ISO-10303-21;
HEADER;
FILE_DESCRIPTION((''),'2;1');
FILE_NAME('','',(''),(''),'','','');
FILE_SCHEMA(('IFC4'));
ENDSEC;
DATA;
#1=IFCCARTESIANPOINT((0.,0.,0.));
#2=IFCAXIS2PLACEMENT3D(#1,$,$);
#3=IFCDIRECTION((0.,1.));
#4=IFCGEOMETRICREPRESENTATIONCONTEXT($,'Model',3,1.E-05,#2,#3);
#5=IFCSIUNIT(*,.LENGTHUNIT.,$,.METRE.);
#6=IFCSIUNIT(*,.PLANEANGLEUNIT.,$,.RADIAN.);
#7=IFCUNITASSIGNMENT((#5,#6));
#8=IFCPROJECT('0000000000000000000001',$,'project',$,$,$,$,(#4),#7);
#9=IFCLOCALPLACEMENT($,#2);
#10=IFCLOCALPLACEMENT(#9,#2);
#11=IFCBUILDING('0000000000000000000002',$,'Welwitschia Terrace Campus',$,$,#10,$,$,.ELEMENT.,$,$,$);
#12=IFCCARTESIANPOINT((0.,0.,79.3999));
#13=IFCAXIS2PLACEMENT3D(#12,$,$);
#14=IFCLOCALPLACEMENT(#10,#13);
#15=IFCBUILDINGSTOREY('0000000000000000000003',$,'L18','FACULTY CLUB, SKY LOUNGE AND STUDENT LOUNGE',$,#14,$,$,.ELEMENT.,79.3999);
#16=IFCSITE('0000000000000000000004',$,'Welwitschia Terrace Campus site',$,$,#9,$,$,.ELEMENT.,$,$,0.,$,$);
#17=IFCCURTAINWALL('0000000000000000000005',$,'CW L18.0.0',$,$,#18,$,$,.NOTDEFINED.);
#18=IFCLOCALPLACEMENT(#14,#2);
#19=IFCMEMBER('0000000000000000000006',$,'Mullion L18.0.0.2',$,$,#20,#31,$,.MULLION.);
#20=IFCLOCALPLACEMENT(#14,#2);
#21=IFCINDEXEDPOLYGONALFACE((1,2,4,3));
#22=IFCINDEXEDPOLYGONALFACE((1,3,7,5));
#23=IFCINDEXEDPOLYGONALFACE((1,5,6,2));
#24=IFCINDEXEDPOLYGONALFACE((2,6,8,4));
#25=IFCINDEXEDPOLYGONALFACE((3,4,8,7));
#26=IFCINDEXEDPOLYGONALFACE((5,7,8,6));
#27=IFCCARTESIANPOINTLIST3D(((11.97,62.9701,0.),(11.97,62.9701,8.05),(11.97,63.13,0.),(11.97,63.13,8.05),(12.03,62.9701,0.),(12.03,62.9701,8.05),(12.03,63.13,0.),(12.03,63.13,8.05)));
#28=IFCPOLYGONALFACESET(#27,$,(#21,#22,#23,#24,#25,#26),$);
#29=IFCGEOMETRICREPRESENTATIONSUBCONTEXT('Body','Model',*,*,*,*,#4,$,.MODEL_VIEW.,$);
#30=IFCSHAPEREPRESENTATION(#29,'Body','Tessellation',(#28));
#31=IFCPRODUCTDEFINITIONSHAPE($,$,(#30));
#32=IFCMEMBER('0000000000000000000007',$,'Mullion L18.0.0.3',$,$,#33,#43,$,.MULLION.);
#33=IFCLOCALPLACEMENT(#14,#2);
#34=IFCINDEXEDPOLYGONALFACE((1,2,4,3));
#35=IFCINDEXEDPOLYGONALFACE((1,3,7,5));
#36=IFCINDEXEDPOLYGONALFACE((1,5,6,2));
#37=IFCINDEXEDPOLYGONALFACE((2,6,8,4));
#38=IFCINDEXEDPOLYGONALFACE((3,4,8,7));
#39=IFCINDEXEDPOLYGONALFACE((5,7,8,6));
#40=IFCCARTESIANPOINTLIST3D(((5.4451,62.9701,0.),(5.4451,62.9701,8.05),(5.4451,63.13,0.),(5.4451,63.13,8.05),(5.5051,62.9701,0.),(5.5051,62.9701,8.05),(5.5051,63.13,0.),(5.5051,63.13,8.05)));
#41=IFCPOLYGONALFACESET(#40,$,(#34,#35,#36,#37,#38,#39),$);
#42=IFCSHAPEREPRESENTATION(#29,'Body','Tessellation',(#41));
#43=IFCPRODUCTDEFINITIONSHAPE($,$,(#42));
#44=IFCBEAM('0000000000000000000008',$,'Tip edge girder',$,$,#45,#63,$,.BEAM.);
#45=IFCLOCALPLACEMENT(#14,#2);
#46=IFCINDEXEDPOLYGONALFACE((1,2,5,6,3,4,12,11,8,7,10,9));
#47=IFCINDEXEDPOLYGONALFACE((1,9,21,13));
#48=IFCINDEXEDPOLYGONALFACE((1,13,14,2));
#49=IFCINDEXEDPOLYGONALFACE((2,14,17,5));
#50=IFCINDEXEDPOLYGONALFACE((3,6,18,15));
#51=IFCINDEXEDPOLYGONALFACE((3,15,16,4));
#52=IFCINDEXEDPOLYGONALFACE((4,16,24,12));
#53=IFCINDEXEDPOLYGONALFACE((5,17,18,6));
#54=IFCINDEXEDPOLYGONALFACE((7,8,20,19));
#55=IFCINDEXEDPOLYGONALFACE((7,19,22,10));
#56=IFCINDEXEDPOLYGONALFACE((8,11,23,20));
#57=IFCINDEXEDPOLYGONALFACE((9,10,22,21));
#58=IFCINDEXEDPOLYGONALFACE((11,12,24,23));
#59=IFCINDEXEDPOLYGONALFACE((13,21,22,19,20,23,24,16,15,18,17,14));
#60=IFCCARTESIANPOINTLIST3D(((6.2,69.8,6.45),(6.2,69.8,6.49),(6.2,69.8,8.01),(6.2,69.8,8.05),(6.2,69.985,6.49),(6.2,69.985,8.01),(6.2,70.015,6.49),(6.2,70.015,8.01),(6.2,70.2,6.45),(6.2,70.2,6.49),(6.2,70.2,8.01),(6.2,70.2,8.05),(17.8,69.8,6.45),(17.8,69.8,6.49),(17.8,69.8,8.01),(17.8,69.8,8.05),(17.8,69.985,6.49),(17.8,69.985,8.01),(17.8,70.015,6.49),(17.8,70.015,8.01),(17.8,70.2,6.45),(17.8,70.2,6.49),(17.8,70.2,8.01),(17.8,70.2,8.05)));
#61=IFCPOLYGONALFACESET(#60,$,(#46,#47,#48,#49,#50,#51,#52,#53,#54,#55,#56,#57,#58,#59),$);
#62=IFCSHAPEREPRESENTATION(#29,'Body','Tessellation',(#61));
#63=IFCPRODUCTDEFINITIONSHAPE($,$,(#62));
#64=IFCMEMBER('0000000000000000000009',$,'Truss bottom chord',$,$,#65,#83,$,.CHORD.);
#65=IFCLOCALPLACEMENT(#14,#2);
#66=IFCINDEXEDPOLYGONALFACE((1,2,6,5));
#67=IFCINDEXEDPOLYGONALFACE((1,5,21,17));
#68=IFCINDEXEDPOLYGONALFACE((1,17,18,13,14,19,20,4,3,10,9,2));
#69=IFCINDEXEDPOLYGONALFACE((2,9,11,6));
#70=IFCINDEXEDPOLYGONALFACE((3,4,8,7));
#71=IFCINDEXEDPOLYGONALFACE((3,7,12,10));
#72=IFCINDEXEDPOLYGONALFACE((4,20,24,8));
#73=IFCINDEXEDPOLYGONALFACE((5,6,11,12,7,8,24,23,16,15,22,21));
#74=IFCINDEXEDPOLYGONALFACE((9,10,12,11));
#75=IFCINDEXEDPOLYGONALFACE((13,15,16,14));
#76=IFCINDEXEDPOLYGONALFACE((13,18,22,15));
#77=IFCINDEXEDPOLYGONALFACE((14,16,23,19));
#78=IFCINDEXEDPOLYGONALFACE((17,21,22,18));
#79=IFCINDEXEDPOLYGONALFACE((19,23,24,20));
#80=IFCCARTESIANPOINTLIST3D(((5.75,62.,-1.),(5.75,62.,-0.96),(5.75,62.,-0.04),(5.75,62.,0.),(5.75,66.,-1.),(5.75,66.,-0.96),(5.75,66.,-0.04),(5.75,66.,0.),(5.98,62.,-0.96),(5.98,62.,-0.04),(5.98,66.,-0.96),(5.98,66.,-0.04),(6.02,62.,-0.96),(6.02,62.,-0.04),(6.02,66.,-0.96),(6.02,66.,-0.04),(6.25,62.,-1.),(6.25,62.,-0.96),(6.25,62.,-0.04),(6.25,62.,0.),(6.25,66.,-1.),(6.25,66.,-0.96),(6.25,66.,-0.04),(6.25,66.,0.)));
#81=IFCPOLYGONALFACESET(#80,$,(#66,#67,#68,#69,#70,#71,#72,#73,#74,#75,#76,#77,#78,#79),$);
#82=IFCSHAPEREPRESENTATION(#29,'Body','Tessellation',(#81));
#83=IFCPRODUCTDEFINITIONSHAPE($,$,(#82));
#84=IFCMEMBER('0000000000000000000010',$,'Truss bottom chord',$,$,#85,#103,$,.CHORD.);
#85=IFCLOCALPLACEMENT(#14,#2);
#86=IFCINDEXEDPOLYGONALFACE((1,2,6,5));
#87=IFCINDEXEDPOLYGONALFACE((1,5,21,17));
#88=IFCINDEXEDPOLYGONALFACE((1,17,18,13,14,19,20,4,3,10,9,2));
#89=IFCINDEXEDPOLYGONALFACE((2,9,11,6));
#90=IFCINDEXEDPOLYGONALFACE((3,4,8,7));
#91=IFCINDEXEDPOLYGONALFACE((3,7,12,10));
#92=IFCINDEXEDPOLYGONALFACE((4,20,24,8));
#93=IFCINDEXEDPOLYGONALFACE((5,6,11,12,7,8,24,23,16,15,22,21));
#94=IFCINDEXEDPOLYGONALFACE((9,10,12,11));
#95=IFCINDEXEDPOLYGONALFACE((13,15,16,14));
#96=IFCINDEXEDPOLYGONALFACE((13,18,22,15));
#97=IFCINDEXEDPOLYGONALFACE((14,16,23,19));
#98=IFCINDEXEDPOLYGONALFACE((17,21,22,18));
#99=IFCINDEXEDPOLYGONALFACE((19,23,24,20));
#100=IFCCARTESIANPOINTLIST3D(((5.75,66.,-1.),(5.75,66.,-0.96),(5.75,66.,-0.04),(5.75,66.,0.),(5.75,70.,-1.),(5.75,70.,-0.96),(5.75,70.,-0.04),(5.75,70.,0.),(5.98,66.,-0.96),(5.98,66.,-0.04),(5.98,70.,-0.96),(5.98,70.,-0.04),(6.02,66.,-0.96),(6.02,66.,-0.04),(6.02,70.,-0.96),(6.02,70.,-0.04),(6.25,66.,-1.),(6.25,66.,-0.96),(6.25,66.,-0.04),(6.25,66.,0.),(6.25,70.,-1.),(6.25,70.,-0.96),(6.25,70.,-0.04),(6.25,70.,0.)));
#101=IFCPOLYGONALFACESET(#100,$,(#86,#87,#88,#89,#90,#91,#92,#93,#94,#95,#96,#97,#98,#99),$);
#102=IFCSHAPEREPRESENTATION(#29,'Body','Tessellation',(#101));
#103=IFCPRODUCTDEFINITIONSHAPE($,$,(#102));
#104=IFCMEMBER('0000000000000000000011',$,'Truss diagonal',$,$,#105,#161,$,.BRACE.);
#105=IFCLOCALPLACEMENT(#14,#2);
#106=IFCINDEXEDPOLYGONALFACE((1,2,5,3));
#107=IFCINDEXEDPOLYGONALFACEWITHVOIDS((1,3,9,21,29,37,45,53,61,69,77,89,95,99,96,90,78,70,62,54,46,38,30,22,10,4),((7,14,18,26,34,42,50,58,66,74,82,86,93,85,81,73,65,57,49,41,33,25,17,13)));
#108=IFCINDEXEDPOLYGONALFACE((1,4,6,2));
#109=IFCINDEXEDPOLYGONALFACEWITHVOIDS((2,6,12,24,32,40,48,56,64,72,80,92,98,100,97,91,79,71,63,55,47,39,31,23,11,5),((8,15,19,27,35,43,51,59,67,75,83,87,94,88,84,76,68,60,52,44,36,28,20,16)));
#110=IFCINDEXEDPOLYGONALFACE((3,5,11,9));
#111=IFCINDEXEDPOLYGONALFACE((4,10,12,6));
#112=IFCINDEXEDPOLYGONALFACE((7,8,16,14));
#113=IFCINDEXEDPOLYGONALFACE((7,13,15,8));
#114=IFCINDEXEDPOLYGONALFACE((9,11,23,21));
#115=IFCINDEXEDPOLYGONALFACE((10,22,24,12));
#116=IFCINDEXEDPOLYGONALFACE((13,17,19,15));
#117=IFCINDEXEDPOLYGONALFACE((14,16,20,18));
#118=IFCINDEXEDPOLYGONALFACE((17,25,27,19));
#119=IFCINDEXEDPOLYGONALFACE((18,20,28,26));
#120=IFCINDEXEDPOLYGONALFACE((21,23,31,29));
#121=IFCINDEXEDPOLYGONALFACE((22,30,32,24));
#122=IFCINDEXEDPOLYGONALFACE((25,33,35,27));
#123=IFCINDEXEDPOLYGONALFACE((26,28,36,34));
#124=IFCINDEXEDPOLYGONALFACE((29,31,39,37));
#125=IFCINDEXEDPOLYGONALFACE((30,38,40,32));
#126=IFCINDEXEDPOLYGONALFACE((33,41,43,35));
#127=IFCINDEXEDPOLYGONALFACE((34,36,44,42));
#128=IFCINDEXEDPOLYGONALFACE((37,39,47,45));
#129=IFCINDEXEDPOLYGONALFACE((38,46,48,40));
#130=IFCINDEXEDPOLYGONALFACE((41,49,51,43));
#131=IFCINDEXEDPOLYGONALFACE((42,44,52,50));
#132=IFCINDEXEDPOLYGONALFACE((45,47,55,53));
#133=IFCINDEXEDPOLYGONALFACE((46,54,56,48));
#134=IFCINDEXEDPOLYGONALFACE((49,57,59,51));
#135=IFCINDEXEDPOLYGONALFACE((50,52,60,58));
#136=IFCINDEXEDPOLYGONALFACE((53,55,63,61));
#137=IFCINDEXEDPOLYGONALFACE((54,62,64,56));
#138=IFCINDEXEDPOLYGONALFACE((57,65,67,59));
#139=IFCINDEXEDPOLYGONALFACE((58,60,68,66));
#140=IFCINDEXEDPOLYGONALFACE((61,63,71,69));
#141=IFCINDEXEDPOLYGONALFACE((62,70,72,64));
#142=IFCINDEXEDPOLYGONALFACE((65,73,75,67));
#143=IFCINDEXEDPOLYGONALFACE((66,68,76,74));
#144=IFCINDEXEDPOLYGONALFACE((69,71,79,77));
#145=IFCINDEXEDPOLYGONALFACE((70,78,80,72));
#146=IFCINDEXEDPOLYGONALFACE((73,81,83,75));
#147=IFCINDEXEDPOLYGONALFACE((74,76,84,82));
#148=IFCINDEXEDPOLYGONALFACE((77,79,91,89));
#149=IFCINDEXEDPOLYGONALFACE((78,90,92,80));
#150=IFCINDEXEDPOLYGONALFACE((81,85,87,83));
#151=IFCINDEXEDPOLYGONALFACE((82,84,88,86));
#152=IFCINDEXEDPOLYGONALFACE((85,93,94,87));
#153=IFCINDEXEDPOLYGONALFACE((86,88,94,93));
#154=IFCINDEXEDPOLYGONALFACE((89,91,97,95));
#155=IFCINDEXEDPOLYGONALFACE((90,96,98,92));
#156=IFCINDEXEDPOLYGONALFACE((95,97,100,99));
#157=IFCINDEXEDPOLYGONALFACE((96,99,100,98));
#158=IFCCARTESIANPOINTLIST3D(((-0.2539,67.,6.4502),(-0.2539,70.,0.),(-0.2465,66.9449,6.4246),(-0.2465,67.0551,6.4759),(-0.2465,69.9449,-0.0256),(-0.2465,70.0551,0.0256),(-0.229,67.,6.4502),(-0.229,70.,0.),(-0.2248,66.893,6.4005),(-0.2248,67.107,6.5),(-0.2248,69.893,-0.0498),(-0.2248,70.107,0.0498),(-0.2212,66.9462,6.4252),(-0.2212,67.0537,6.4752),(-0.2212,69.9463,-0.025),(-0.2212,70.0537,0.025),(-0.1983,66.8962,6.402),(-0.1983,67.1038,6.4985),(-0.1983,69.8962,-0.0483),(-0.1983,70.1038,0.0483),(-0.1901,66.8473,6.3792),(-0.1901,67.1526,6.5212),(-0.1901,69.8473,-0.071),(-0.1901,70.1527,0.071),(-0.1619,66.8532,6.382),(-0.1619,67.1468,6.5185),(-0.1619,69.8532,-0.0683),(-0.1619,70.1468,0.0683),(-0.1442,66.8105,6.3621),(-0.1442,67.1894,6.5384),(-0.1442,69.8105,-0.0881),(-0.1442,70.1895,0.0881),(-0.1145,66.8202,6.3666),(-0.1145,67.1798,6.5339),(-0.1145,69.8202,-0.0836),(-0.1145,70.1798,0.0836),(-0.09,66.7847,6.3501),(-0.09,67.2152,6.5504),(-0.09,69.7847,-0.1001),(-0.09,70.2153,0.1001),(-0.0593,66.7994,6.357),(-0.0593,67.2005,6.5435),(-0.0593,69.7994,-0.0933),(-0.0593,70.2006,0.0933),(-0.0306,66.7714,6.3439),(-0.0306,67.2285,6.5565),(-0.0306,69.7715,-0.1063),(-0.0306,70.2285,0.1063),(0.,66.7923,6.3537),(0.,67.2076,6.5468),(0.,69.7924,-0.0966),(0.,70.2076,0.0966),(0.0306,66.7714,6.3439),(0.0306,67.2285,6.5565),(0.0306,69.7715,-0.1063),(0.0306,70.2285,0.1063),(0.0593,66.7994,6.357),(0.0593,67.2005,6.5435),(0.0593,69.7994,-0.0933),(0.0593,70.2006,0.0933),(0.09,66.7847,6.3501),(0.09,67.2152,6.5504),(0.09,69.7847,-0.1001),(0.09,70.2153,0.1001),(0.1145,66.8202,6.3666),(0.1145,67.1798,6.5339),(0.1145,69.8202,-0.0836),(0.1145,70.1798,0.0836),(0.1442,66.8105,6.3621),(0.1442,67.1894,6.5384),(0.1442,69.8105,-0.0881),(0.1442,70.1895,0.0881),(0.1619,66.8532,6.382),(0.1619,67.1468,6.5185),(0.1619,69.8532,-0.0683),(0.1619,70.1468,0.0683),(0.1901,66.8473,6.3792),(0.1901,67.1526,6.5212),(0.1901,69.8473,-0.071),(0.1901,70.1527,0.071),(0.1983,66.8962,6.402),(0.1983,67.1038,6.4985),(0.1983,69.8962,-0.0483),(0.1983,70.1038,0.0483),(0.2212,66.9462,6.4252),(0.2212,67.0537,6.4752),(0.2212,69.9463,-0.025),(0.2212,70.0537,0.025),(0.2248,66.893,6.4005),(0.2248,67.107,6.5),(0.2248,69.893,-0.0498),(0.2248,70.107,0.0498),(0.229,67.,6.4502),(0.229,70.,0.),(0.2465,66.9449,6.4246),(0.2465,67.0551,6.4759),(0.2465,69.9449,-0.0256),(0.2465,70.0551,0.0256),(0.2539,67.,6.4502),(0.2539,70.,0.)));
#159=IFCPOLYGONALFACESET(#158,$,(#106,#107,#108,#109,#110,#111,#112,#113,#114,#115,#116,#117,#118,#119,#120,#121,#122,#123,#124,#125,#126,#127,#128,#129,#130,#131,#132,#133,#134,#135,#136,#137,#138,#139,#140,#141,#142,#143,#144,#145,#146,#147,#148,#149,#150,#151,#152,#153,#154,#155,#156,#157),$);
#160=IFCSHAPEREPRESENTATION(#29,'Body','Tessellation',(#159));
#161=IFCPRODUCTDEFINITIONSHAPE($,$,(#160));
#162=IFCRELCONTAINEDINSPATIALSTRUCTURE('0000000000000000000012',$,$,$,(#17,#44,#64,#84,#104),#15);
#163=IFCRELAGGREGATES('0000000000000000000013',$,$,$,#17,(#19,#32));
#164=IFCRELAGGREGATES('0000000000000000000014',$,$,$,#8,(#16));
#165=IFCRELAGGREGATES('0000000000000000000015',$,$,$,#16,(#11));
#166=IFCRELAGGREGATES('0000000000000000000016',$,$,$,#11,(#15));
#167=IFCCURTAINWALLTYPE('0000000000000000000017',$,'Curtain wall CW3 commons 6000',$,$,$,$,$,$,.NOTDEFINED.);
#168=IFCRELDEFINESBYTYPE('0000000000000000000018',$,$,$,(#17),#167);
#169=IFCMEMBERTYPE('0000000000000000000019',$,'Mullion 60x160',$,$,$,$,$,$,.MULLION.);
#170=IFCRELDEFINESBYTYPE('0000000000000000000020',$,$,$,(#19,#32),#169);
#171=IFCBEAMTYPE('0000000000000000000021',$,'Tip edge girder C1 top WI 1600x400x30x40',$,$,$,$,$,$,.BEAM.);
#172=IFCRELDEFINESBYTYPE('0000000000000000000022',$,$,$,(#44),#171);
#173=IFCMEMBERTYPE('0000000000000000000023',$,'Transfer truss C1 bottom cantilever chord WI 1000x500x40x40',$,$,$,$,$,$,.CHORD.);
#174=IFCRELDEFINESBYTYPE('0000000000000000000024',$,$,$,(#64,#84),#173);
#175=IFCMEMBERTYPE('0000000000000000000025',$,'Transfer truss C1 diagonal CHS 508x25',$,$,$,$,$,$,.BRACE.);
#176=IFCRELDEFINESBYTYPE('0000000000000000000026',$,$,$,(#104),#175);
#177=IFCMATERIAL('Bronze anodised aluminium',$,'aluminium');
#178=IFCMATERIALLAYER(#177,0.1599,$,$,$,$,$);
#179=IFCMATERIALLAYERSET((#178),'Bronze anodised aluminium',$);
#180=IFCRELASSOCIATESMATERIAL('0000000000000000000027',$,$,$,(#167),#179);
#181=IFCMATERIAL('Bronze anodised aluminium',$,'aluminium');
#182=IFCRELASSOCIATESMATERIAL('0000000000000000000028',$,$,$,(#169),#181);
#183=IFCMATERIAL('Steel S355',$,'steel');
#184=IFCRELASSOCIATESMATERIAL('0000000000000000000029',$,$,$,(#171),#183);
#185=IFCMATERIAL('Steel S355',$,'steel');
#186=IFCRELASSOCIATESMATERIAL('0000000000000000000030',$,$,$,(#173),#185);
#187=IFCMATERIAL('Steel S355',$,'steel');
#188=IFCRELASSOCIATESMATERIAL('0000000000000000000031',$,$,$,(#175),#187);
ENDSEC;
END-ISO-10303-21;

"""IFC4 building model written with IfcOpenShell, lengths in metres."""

from ifc_helpers import new_model, si_unit, direction, frame, origin, origin_2d, place, context, subcontext, project, spatial, rectangle, hollow_circle, i_section, extrude, material, layer, layer_set, material_profile, profile_set, type_object, element, aggregate, save


model = new_model("IFC4")

# Units and contexts
model_context = context("Model", 3, precision=1e-05, world=origin(), true_north=direction((0.0, 1.0)))
body_context = subcontext(model_context, "Body", "Model", "MODEL_VIEW")
ifc_project = project(units=[si_unit("LENGTHUNIT", "METRE"), si_unit("PLANEANGLEUNIT", "RADIAN")], contexts=[model_context])

# Site, building, storey
site_placement = place(None, origin())
site = spatial("IfcSite", under=ifc_project, at=site_placement, Name="Welwitschia Terrace Campus site", CompositionType="ELEMENT", RefElevation=0.0)
building_placement = place(site_placement, origin())
building = spatial("IfcBuilding", under=site, at=building_placement, Name="Welwitschia Terrace Campus", CompositionType="ELEMENT")
storey_placement = place(building_placement, frame((0.0, 0.0, 79.3999)))
storey = spatial("IfcBuildingStorey", under=building, at=storey_placement, Name="L18", Description="FACULTY CLUB, SKY LOUNGE AND STUDENT LOUNGE", CompositionType="ELEMENT", Elevation=79.3999)

# Curtain wall, members
ifc_material_1 = material(Name="Bronze anodised aluminium", Category="aluminium")
ifc_layer_1 = layer(ifc_material_1, 0.1599)
ifc_layer_set_1 = layer_set([ifc_layer_1], Name="Bronze anodised aluminium")
curtain_wall_type = type_object("IfcCurtainWallType", Name="Curtain wall CW3 commons 6000", PredefinedType="NOTDEFINED", material=ifc_layer_set_1)
curtain_wall_placement = place(storey_placement, origin())
curtain_wall = element("IfcCurtainWall", 1, at=curtain_wall_placement, inside=storey, type_object=curtain_wall_type, Name="CW L18.0.0", PredefinedType="NOTDEFINED")
ifc_material_2 = material(Name="Bronze anodised aluminium", Category="aluminium")
ifc_material_profile_1 = material_profile(ifc_material_2, rectangle(XDim=0.1599, YDim=0.0601, at=origin_2d()))
ifc_profile_set_1 = profile_set([ifc_material_profile_1], Name="Bronze anodised aluminium")
member_type_1 = type_object("IfcMemberType", Name="Mullion 60x160", PredefinedType="MULLION", material=ifc_profile_set_1)
member_1_placement = place(storey_placement, frame((12.0, 63.05, 0.0), z_axis=(0.0, 0.0, 1.0), x_axis=(0.0, -1.0, 0.0)))
member_1 = element("IfcMember", 2, at=member_1_placement, type_object=member_type_1, Name="Mullion L18.0.0.2", PredefinedType="MULLION", context=body_context, shape_type="SweptSolid", body=[
    extrude(rectangle(XDim=0.1599, YDim=0.0601, at=origin_2d()), origin(), (0.0, 0.0, 1.0), 8.05),
])
member_2_placement = place(storey_placement, frame((5.4751, 63.05, 0.0), z_axis=(0.0, 0.0, 1.0), x_axis=(0.0, -1.0, 0.0)))
member_2 = element("IfcMember", 3, at=member_2_placement, type_object=member_type_1, Name="Mullion L18.0.0.3", PredefinedType="MULLION", context=body_context, shape_type="SweptSolid", body=[
    extrude(rectangle(XDim=0.1599, YDim=0.0601, at=origin_2d()), origin(), (0.0, 0.0, 1.0), 8.05),
])

# Beam
ifc_material_3 = material(Name="Steel S355", Category="steel")
ifc_material_profile_2 = material_profile(ifc_material_3, i_section(OverallWidth=0.3999, OverallDepth=1.6001, WebThickness=0.03, FlangeThickness=0.04, at=origin_2d()))
ifc_profile_set_2 = profile_set([ifc_material_profile_2], Name="Steel S355")
beam_type = type_object("IfcBeamType", Name="Tip edge girder C1 top WI 1600x400x30x40", PredefinedType="BEAM", material=ifc_profile_set_2)
beam_placement = place(storey_placement, frame((6.2, 70.0, 7.25), z_axis=(1.0, 0.0, 0.0), x_axis=(0.0, 1.0, 0.0)))
element("IfcBeam", 4, at=beam_placement, inside=storey, type_object=beam_type, Name="Tip edge girder", PredefinedType="BEAM", context=body_context, shape_type="SweptSolid", body=[
    extrude(i_section(OverallWidth=0.3999, OverallDepth=1.6001, WebThickness=0.03, FlangeThickness=0.04, at=origin_2d()), origin(), (0.0, 0.0, 1.0), 11.6001),
])

# Members
ifc_material_4 = material(Name="Steel S355", Category="steel")
ifc_material_profile_3 = material_profile(ifc_material_4, i_section(OverallWidth=0.5, OverallDepth=1.0, WebThickness=0.04, FlangeThickness=0.04, at=origin_2d()))
ifc_profile_set_3 = profile_set([ifc_material_profile_3], Name="Steel S355")
member_type_2 = type_object("IfcMemberType", Name="Transfer truss C1 bottom cantilever chord WI 1000x500x40x40", PredefinedType="CHORD", material=ifc_profile_set_3)
for number, where, z_axis, x_axis, name in (
    (5, (6.0, 62.0, -0.5), (0.0, 1.0, 0.0), (-1.0, 0.0, 0.0), "Truss bottom chord"),
    (6, (6.0, 66.0, -0.5), (0.0, 1.0, 0.0), (-1.0, 0.0, 0.0), "Truss bottom chord"),
):
    element("IfcMember", number, at=place(storey_placement, frame(where, z_axis=z_axis, x_axis=x_axis)), inside=storey, type_object=member_type_2, Name=name, PredefinedType="CHORD", context=body_context, shape_type="SweptSolid", body=[
        extrude(i_section(OverallWidth=0.5, OverallDepth=1.0, WebThickness=0.04, FlangeThickness=0.04, at=origin_2d()), origin(), (0.0, 0.0, 1.0), 4.0),
    ])
ifc_material_5 = material(Name="Steel S355", Category="steel")
ifc_material_profile_4 = material_profile(ifc_material_5, hollow_circle(Radius=0.2539, WallThickness=0.0249, at=origin_2d()))
ifc_profile_set_4 = profile_set([ifc_material_profile_4], Name="Steel S355")
member_type_3 = type_object("IfcMemberType", Name="Transfer truss C1 diagonal CHS 508x25", PredefinedType="BRACE", material=ifc_profile_set_4)
member_3_placement = place(storey_placement, frame((0.0, 70.0, 0.0), z_axis=(0.0, -0.42172, 0.906726), x_axis=(1.0, 0.0, 0.0)))
element("IfcMember", 7, at=member_3_placement, inside=storey, type_object=member_type_3, Name="Truss diagonal", PredefinedType="BRACE", context=body_context, shape_type="SweptSolid", body=[
    extrude(hollow_circle(Radius=0.2539, WallThickness=0.0249, at=origin_2d()), origin(), (0.0, 0.0, 1.0), 7.1138),
])

aggregate(curtain_wall, [member_1, member_2])

save(model, "model.ifc")
